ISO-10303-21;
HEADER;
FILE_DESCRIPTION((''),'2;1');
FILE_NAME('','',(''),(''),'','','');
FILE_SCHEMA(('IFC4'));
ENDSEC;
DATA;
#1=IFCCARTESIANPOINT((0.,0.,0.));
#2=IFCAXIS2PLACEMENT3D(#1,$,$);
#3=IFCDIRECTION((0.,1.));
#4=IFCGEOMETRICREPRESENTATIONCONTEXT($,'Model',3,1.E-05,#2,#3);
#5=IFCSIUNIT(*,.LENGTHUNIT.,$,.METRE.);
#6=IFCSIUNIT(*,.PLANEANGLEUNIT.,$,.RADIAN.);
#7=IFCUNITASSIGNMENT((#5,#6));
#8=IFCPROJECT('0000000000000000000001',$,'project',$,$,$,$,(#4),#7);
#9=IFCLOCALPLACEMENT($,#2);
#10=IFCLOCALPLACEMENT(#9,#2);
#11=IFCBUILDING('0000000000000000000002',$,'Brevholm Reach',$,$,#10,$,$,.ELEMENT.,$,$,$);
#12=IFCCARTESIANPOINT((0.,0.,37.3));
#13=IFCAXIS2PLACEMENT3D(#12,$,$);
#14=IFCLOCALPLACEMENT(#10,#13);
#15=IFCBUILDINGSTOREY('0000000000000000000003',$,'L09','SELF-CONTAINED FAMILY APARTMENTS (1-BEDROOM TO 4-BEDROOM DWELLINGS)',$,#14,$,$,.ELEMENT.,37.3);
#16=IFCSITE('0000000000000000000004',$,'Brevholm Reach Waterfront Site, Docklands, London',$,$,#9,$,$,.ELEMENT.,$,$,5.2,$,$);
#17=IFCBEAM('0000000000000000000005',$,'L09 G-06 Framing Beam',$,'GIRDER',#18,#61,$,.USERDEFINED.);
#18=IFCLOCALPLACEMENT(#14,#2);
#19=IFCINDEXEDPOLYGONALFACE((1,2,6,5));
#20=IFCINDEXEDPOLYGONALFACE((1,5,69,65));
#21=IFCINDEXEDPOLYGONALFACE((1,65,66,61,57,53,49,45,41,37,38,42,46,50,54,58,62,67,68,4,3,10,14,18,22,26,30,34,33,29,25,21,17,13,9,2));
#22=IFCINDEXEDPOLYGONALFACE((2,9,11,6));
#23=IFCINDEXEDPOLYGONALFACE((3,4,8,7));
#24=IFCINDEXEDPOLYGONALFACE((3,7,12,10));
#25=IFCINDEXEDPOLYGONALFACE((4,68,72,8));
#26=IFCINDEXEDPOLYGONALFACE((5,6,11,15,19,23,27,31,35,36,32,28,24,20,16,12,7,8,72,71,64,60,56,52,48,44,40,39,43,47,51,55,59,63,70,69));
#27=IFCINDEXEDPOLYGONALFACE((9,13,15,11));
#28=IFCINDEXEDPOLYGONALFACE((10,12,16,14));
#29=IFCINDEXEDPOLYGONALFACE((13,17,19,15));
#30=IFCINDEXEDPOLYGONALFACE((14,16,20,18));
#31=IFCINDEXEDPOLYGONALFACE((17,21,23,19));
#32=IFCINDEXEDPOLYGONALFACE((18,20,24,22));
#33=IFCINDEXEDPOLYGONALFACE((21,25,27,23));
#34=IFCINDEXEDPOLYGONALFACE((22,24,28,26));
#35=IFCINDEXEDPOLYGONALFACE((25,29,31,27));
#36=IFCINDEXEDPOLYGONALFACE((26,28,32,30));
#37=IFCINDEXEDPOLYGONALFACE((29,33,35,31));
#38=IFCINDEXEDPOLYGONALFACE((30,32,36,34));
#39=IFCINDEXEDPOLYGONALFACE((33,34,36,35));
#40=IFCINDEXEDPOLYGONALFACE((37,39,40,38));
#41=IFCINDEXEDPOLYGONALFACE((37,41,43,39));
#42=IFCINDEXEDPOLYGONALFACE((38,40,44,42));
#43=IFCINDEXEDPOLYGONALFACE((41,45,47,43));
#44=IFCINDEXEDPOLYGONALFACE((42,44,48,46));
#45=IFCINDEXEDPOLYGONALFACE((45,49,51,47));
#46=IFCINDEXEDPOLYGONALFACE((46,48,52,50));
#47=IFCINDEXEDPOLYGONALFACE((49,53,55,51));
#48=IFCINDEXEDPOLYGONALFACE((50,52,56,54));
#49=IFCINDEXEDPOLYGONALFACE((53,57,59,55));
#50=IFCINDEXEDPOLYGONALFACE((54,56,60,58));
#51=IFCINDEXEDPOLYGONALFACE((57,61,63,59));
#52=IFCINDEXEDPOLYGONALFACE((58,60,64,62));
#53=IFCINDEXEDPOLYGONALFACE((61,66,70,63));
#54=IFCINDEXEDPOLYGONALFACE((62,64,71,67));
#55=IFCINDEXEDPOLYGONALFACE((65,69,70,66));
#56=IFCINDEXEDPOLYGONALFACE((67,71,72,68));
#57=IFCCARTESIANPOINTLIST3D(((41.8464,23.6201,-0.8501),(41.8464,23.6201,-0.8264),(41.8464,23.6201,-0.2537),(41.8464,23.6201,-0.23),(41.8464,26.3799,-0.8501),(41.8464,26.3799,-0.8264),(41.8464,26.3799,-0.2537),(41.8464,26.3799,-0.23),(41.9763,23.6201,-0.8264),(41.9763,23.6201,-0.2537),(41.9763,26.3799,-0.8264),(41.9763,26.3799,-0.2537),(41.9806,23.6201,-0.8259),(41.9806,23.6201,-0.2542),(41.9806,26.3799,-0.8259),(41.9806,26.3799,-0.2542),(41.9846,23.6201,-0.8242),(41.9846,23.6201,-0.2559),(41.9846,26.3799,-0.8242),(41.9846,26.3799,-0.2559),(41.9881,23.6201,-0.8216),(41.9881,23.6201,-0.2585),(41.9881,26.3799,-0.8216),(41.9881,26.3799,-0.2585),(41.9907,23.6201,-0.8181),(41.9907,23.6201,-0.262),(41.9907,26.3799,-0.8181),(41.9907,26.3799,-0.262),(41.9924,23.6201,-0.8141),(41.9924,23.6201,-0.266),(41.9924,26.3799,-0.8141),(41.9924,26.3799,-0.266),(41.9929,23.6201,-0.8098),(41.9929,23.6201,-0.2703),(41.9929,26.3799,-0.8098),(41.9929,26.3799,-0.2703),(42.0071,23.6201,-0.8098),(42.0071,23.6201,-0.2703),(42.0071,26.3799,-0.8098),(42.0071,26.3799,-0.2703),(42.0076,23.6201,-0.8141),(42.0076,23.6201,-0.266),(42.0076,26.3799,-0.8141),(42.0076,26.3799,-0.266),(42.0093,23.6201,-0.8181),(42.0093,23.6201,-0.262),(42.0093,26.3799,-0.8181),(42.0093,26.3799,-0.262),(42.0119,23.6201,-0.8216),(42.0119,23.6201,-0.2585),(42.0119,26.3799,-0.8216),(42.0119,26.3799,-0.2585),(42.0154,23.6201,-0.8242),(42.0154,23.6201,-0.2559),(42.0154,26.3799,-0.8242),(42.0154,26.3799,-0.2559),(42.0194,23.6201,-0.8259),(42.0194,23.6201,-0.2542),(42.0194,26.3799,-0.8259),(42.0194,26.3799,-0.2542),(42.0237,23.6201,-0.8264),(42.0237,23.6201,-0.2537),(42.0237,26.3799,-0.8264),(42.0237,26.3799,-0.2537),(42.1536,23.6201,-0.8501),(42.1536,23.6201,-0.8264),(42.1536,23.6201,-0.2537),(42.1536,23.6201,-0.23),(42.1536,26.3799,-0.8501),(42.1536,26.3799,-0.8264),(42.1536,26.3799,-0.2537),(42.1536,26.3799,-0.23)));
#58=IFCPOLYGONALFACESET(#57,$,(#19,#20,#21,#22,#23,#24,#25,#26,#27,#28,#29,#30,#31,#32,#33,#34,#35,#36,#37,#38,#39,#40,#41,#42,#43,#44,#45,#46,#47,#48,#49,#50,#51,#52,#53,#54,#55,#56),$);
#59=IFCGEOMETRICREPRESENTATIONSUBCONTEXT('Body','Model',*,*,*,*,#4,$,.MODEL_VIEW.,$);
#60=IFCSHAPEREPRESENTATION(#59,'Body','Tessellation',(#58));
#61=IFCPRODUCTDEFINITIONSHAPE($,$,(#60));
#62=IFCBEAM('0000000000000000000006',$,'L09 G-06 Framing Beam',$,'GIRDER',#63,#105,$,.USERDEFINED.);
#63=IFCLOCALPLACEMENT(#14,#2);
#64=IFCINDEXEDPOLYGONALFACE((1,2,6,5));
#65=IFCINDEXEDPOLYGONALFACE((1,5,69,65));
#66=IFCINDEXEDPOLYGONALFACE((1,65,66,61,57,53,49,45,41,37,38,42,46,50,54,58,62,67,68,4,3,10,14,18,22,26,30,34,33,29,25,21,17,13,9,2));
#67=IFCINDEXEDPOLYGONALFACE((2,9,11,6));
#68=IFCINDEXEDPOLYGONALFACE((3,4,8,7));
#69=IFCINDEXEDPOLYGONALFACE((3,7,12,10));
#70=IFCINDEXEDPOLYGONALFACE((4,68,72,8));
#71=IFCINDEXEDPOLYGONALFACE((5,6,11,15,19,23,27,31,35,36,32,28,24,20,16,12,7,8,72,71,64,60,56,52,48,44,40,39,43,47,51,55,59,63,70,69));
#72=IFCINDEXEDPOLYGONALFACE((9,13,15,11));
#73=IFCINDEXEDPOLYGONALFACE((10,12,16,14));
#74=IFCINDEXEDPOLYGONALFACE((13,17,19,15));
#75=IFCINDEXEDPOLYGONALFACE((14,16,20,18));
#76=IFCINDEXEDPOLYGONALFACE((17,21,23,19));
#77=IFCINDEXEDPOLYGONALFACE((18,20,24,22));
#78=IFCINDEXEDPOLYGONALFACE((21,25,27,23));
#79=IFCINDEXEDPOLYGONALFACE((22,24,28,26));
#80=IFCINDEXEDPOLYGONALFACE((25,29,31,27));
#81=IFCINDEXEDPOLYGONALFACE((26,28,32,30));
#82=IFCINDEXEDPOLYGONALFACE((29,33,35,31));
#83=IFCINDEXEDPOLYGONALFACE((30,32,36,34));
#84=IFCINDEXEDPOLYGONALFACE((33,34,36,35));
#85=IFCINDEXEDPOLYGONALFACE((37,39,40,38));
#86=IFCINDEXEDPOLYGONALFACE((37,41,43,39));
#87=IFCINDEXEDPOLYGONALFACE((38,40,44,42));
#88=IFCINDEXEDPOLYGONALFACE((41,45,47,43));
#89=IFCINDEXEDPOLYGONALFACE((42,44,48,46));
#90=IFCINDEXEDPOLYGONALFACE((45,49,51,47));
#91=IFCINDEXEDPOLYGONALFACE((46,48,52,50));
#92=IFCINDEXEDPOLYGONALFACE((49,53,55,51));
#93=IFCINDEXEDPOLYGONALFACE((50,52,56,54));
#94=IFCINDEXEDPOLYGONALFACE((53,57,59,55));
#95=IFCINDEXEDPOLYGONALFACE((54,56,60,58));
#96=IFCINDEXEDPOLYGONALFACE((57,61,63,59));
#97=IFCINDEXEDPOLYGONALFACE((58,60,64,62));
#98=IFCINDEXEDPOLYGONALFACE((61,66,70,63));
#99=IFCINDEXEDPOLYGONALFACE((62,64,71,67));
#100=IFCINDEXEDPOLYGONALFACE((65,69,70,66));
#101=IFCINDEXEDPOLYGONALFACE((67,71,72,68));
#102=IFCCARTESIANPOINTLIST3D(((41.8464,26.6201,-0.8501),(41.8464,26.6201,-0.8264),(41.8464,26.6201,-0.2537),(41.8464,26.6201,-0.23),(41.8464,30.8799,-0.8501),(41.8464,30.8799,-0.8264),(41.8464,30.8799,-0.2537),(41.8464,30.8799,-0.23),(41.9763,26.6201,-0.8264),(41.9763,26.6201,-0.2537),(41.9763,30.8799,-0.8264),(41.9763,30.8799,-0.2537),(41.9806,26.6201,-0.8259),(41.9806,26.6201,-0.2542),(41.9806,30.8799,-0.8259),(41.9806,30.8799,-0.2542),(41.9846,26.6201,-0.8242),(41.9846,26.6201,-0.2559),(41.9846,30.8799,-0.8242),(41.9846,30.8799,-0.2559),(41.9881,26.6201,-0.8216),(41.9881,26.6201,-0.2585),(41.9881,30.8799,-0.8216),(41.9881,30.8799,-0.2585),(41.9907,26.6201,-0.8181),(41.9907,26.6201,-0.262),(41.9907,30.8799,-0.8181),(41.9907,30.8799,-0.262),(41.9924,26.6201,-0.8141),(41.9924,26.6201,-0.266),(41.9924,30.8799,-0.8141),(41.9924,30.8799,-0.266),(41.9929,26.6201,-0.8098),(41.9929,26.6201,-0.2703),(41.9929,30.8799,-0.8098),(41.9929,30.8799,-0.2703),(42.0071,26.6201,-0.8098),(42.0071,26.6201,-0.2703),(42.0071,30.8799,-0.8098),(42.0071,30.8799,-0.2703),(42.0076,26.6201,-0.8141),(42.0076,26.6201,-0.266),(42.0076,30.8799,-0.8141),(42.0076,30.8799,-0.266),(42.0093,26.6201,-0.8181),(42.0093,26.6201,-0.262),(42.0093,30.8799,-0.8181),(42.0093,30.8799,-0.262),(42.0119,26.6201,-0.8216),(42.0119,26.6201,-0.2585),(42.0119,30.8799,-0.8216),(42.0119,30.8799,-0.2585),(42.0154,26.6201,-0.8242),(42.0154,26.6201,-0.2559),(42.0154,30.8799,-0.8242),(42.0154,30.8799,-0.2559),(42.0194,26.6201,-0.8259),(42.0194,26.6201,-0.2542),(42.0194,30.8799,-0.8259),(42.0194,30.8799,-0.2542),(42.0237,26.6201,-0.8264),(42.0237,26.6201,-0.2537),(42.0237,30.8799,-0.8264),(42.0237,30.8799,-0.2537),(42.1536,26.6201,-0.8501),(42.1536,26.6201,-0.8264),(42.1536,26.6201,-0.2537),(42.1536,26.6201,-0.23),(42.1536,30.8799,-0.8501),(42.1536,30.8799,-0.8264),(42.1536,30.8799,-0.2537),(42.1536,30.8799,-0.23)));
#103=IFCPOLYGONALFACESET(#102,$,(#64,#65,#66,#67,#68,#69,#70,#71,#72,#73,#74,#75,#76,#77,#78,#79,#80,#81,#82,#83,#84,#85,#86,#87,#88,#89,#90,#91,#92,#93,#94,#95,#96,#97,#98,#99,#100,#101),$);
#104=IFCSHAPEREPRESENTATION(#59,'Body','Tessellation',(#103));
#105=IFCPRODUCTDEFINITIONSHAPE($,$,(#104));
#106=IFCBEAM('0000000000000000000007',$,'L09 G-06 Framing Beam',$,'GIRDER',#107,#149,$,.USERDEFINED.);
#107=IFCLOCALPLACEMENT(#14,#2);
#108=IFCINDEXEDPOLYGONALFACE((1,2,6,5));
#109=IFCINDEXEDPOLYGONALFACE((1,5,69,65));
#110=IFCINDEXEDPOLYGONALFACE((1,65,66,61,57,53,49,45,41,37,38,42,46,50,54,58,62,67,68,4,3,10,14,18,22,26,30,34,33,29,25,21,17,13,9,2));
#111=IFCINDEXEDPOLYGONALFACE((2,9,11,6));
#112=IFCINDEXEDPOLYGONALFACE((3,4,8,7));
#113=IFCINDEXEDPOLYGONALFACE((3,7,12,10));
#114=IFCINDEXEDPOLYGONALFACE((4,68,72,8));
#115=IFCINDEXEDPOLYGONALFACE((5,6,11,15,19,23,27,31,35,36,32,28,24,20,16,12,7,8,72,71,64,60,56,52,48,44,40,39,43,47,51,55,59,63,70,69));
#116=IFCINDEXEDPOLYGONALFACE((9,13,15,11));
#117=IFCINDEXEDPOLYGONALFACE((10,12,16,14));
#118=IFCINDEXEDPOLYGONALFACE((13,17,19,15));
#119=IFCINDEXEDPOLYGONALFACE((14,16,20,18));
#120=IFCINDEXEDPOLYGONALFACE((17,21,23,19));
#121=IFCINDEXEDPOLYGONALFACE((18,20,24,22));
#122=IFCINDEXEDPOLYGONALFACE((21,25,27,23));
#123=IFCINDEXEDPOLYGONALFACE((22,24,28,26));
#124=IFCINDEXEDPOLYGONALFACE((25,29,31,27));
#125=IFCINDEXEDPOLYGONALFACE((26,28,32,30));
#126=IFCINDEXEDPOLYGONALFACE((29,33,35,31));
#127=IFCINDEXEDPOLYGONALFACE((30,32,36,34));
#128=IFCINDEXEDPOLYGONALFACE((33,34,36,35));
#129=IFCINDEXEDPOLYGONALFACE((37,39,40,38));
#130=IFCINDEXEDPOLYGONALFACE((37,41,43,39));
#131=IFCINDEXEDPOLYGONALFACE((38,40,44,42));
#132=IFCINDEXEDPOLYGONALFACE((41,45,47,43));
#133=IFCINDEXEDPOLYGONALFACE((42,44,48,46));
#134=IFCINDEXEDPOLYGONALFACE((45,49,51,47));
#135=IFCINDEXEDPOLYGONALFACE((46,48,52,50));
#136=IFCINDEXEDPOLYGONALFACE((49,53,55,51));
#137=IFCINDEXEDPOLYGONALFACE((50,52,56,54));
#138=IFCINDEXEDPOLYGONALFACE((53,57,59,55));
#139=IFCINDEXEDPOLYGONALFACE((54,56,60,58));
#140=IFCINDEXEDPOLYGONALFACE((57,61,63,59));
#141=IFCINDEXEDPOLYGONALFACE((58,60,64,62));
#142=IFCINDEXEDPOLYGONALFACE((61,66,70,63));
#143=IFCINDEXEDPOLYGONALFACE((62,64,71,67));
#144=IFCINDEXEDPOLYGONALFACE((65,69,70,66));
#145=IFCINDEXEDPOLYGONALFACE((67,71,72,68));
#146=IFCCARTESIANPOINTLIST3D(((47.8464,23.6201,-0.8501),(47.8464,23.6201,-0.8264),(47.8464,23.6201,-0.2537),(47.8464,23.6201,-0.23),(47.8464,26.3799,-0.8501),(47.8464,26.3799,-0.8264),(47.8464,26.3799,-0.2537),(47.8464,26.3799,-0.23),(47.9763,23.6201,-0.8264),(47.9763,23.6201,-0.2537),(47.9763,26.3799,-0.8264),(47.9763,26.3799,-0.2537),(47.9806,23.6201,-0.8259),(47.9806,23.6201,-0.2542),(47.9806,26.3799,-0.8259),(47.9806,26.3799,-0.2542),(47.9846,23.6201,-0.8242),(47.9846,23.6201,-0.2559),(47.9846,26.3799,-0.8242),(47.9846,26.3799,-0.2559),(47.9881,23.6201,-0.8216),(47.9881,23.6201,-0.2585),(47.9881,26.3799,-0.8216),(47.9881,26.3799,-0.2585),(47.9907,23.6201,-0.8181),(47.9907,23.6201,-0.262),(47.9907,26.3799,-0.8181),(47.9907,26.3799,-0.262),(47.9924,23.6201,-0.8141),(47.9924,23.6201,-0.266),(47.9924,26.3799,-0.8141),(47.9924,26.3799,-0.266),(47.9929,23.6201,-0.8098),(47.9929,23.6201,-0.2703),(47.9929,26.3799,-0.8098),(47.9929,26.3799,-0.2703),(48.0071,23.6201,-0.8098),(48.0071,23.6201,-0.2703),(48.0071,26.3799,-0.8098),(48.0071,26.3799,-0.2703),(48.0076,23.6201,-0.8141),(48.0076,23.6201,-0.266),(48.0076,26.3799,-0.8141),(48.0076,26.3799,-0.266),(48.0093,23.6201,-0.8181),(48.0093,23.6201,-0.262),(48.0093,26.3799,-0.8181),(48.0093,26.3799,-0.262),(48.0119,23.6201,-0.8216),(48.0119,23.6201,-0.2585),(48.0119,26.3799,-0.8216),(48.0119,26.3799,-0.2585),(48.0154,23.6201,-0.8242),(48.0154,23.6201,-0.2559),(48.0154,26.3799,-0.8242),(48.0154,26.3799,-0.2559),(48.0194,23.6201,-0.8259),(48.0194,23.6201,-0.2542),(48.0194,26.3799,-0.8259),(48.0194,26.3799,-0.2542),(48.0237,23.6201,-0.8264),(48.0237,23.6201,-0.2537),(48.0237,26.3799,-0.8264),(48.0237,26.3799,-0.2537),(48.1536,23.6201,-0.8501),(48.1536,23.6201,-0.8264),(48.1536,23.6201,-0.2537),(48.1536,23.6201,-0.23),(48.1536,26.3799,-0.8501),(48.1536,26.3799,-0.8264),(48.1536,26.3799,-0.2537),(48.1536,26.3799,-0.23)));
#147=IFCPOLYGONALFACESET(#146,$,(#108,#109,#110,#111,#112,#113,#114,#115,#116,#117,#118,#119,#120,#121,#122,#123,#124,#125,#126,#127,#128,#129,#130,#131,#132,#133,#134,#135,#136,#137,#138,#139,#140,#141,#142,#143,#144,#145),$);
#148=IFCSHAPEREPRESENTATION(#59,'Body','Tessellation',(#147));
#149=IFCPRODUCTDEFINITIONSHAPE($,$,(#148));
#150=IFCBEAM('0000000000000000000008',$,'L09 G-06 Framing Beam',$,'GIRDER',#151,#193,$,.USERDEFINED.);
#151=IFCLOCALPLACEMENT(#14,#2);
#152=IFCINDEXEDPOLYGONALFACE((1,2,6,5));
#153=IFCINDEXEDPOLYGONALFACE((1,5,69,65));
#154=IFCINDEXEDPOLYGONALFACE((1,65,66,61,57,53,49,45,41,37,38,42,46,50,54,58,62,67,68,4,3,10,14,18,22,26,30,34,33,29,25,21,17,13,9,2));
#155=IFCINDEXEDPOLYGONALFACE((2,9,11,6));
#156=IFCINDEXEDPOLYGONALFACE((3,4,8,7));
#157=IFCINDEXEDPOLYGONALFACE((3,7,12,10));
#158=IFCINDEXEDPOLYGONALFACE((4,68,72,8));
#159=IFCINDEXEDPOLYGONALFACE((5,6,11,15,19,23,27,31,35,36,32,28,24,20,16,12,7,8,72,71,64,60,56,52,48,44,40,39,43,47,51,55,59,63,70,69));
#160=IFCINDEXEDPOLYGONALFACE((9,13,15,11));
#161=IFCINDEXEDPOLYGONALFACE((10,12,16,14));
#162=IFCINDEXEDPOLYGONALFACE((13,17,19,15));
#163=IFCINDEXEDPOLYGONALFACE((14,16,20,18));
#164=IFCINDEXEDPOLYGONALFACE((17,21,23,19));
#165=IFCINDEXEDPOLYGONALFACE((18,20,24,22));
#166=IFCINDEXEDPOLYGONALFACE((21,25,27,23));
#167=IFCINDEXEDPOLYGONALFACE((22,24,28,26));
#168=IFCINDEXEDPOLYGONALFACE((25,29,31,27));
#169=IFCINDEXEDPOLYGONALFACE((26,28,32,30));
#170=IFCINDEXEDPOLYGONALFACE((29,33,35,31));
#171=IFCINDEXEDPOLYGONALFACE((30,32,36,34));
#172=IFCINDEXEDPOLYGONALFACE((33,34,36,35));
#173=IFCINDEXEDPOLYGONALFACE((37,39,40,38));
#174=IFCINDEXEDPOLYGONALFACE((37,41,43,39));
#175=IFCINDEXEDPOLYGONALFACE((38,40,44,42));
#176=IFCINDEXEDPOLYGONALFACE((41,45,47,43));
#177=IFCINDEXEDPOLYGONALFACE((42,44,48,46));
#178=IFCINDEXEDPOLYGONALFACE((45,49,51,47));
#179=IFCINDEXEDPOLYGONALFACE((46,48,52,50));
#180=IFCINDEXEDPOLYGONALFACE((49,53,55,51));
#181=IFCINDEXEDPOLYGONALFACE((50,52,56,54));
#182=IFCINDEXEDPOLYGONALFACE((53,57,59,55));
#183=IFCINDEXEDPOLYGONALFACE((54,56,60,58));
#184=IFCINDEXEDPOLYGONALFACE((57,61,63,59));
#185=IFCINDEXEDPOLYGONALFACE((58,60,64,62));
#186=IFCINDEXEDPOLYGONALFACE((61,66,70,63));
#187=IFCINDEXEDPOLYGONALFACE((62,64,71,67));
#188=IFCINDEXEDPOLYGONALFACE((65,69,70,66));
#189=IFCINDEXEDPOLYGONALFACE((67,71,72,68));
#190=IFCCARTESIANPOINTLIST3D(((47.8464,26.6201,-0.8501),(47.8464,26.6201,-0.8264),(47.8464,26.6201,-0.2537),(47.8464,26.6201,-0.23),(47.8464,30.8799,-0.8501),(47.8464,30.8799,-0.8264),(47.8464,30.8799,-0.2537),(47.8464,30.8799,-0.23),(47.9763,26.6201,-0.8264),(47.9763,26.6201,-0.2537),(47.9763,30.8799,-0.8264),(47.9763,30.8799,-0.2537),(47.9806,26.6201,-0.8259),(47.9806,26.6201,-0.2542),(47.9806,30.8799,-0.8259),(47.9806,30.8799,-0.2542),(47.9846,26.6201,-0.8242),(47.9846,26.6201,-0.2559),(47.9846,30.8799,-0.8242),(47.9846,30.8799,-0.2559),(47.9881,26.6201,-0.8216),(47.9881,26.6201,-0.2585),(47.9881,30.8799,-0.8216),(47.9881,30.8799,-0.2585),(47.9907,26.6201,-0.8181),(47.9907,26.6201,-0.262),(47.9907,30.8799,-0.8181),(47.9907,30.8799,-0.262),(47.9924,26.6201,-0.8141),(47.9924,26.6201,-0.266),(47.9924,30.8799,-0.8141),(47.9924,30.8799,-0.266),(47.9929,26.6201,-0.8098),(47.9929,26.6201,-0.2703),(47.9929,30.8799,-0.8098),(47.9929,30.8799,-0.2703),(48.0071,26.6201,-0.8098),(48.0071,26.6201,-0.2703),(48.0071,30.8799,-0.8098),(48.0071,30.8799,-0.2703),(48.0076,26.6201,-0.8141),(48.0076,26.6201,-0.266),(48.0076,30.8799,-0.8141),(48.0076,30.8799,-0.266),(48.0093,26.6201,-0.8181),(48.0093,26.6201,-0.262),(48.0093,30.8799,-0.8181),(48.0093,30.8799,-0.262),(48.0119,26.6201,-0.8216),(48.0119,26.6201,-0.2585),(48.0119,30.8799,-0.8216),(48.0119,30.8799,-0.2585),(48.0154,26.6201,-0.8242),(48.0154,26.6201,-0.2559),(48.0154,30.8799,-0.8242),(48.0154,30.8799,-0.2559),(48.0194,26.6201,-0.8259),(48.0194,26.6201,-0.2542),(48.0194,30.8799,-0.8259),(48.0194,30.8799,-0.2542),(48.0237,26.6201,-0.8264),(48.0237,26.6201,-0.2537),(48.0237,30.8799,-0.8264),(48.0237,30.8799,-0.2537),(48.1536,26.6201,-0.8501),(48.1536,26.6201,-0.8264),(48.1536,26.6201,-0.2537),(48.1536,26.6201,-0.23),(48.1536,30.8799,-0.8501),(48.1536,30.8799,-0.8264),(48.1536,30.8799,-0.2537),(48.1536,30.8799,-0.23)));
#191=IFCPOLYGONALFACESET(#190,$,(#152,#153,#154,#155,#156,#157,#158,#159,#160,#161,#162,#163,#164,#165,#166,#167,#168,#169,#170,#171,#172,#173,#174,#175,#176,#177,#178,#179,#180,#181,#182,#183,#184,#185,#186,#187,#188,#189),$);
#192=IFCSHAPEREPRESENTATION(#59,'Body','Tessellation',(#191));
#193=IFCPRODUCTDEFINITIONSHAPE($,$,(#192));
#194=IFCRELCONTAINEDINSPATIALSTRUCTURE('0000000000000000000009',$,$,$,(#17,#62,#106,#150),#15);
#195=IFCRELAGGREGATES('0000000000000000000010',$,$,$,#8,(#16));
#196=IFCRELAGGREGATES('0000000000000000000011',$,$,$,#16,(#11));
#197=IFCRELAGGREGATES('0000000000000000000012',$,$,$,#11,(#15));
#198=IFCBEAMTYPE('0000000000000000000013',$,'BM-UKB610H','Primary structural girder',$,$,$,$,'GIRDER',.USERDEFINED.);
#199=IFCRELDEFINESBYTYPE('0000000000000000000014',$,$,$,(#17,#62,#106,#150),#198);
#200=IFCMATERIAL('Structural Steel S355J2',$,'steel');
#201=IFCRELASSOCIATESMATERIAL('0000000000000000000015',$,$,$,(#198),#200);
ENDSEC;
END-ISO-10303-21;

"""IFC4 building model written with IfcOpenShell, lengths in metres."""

from ifc_helpers import new_model, si_unit, direction, frame, origin, origin_2d, place, context, subcontext, project, spatial, i_section, extrude, material, material_profile, profile_set, type_object, element, save


model = new_model("IFC4")

# Units and contexts
model_context = context("Model", 3, precision=1e-05, world=origin(), true_north=direction((0.0, 1.0)))
body_context = subcontext(model_context, "Body", "Model", "MODEL_VIEW")
ifc_project = project(units=[si_unit("LENGTHUNIT", "METRE"), si_unit("PLANEANGLEUNIT", "RADIAN")], contexts=[model_context])

# Site, building, storey
site_placement = place(None, origin())
site = spatial("IfcSite", under=ifc_project, at=site_placement, Name="Brevholm Reach Waterfront Site, Docklands, London", CompositionType="ELEMENT", RefElevation=5.2)
building_placement = place(site_placement, origin())
building = spatial("IfcBuilding", under=site, at=building_placement, Name="Brevholm Reach", CompositionType="ELEMENT")
storey_placement = place(building_placement, frame((0.0, 0.0, 37.3)))
storey = spatial("IfcBuildingStorey", under=building, at=storey_placement, Name="L09", Description="SELF-CONTAINED FAMILY APARTMENTS (1-BEDROOM TO 4-BEDROOM DWELLINGS)", CompositionType="ELEMENT", Elevation=37.3)

# Beams
ifc_material_1 = material(Name="Structural Steel S355J2", Category="steel")
ifc_material_profile_1 = material_profile(ifc_material_1, i_section(OverallWidth=0.3071, OverallDepth=0.6201, WebThickness=0.0142, FlangeThickness=0.0237, FilletRadius=0.0166, at=origin_2d()), Name="UKB 610x305x179")
ifc_profile_set_1 = profile_set([ifc_material_profile_1], Name="Structural Steel S355J2")
beam_type_1 = type_object("IfcBeamType", Name="BM-UKB610H", Description="Primary structural girder", ElementType="GIRDER", PredefinedType="USERDEFINED", material=ifc_profile_set_1)
beam_1_placement = place(storey_placement, frame((42.0, 23.6201, -0.54), z_axis=(0.0, 1.0, 0.0), x_axis=(-1.0, 0.0, 0.0)))
element("IfcBeam", 1, at=beam_1_placement, inside=storey, type_object=beam_type_1, Name="L09 G-06 Framing Beam", ObjectType="GIRDER", PredefinedType="USERDEFINED", context=body_context, shape_type="SweptSolid", body=[
    extrude(i_section(OverallWidth=0.3071, OverallDepth=0.6201, WebThickness=0.0142, FlangeThickness=0.0237, FilletRadius=0.0166, at=origin_2d()), origin(), (0.0, 0.0, 1.0), 2.7598),
])
beam_2_placement = place(storey_placement, frame((42.0, 26.6201, -0.54), z_axis=(0.0, 1.0, 0.0), x_axis=(-1.0, 0.0, 0.0)))
element("IfcBeam", 2, at=beam_2_placement, inside=storey, type_object=beam_type_1, Name="L09 G-06 Framing Beam", ObjectType="GIRDER", PredefinedType="USERDEFINED", context=body_context, shape_type="SweptSolid", body=[
    extrude(i_section(OverallWidth=0.3071, OverallDepth=0.6201, WebThickness=0.0142, FlangeThickness=0.0237, FilletRadius=0.0166, at=origin_2d()), origin(), (0.0, 0.0, 1.0), 4.2598),
])
beam_3_placement = place(storey_placement, frame((48.0, 23.6201, -0.54), z_axis=(0.0, 1.0, 0.0), x_axis=(-1.0, 0.0, 0.0)))
element("IfcBeam", 3, at=beam_3_placement, inside=storey, type_object=beam_type_1, Name="L09 G-06 Framing Beam", ObjectType="GIRDER", PredefinedType="USERDEFINED", context=body_context, shape_type="SweptSolid", body=[
    extrude(i_section(OverallWidth=0.3071, OverallDepth=0.6201, WebThickness=0.0142, FlangeThickness=0.0237, FilletRadius=0.0166, at=origin_2d()), origin(), (0.0, 0.0, 1.0), 2.7598),
])
beam_4_placement = place(storey_placement, frame((48.0, 26.6201, -0.54), z_axis=(0.0, 1.0, 0.0), x_axis=(-1.0, 0.0, 0.0)))
element("IfcBeam", 4, at=beam_4_placement, inside=storey, type_object=beam_type_1, Name="L09 G-06 Framing Beam", ObjectType="GIRDER", PredefinedType="USERDEFINED", context=body_context, shape_type="SweptSolid", body=[
    extrude(i_section(OverallWidth=0.3071, OverallDepth=0.6201, WebThickness=0.0142, FlangeThickness=0.0237, FilletRadius=0.0166, at=origin_2d()), origin(), (0.0, 0.0, 1.0), 4.2598),
])

save(model, "model.ifc")
